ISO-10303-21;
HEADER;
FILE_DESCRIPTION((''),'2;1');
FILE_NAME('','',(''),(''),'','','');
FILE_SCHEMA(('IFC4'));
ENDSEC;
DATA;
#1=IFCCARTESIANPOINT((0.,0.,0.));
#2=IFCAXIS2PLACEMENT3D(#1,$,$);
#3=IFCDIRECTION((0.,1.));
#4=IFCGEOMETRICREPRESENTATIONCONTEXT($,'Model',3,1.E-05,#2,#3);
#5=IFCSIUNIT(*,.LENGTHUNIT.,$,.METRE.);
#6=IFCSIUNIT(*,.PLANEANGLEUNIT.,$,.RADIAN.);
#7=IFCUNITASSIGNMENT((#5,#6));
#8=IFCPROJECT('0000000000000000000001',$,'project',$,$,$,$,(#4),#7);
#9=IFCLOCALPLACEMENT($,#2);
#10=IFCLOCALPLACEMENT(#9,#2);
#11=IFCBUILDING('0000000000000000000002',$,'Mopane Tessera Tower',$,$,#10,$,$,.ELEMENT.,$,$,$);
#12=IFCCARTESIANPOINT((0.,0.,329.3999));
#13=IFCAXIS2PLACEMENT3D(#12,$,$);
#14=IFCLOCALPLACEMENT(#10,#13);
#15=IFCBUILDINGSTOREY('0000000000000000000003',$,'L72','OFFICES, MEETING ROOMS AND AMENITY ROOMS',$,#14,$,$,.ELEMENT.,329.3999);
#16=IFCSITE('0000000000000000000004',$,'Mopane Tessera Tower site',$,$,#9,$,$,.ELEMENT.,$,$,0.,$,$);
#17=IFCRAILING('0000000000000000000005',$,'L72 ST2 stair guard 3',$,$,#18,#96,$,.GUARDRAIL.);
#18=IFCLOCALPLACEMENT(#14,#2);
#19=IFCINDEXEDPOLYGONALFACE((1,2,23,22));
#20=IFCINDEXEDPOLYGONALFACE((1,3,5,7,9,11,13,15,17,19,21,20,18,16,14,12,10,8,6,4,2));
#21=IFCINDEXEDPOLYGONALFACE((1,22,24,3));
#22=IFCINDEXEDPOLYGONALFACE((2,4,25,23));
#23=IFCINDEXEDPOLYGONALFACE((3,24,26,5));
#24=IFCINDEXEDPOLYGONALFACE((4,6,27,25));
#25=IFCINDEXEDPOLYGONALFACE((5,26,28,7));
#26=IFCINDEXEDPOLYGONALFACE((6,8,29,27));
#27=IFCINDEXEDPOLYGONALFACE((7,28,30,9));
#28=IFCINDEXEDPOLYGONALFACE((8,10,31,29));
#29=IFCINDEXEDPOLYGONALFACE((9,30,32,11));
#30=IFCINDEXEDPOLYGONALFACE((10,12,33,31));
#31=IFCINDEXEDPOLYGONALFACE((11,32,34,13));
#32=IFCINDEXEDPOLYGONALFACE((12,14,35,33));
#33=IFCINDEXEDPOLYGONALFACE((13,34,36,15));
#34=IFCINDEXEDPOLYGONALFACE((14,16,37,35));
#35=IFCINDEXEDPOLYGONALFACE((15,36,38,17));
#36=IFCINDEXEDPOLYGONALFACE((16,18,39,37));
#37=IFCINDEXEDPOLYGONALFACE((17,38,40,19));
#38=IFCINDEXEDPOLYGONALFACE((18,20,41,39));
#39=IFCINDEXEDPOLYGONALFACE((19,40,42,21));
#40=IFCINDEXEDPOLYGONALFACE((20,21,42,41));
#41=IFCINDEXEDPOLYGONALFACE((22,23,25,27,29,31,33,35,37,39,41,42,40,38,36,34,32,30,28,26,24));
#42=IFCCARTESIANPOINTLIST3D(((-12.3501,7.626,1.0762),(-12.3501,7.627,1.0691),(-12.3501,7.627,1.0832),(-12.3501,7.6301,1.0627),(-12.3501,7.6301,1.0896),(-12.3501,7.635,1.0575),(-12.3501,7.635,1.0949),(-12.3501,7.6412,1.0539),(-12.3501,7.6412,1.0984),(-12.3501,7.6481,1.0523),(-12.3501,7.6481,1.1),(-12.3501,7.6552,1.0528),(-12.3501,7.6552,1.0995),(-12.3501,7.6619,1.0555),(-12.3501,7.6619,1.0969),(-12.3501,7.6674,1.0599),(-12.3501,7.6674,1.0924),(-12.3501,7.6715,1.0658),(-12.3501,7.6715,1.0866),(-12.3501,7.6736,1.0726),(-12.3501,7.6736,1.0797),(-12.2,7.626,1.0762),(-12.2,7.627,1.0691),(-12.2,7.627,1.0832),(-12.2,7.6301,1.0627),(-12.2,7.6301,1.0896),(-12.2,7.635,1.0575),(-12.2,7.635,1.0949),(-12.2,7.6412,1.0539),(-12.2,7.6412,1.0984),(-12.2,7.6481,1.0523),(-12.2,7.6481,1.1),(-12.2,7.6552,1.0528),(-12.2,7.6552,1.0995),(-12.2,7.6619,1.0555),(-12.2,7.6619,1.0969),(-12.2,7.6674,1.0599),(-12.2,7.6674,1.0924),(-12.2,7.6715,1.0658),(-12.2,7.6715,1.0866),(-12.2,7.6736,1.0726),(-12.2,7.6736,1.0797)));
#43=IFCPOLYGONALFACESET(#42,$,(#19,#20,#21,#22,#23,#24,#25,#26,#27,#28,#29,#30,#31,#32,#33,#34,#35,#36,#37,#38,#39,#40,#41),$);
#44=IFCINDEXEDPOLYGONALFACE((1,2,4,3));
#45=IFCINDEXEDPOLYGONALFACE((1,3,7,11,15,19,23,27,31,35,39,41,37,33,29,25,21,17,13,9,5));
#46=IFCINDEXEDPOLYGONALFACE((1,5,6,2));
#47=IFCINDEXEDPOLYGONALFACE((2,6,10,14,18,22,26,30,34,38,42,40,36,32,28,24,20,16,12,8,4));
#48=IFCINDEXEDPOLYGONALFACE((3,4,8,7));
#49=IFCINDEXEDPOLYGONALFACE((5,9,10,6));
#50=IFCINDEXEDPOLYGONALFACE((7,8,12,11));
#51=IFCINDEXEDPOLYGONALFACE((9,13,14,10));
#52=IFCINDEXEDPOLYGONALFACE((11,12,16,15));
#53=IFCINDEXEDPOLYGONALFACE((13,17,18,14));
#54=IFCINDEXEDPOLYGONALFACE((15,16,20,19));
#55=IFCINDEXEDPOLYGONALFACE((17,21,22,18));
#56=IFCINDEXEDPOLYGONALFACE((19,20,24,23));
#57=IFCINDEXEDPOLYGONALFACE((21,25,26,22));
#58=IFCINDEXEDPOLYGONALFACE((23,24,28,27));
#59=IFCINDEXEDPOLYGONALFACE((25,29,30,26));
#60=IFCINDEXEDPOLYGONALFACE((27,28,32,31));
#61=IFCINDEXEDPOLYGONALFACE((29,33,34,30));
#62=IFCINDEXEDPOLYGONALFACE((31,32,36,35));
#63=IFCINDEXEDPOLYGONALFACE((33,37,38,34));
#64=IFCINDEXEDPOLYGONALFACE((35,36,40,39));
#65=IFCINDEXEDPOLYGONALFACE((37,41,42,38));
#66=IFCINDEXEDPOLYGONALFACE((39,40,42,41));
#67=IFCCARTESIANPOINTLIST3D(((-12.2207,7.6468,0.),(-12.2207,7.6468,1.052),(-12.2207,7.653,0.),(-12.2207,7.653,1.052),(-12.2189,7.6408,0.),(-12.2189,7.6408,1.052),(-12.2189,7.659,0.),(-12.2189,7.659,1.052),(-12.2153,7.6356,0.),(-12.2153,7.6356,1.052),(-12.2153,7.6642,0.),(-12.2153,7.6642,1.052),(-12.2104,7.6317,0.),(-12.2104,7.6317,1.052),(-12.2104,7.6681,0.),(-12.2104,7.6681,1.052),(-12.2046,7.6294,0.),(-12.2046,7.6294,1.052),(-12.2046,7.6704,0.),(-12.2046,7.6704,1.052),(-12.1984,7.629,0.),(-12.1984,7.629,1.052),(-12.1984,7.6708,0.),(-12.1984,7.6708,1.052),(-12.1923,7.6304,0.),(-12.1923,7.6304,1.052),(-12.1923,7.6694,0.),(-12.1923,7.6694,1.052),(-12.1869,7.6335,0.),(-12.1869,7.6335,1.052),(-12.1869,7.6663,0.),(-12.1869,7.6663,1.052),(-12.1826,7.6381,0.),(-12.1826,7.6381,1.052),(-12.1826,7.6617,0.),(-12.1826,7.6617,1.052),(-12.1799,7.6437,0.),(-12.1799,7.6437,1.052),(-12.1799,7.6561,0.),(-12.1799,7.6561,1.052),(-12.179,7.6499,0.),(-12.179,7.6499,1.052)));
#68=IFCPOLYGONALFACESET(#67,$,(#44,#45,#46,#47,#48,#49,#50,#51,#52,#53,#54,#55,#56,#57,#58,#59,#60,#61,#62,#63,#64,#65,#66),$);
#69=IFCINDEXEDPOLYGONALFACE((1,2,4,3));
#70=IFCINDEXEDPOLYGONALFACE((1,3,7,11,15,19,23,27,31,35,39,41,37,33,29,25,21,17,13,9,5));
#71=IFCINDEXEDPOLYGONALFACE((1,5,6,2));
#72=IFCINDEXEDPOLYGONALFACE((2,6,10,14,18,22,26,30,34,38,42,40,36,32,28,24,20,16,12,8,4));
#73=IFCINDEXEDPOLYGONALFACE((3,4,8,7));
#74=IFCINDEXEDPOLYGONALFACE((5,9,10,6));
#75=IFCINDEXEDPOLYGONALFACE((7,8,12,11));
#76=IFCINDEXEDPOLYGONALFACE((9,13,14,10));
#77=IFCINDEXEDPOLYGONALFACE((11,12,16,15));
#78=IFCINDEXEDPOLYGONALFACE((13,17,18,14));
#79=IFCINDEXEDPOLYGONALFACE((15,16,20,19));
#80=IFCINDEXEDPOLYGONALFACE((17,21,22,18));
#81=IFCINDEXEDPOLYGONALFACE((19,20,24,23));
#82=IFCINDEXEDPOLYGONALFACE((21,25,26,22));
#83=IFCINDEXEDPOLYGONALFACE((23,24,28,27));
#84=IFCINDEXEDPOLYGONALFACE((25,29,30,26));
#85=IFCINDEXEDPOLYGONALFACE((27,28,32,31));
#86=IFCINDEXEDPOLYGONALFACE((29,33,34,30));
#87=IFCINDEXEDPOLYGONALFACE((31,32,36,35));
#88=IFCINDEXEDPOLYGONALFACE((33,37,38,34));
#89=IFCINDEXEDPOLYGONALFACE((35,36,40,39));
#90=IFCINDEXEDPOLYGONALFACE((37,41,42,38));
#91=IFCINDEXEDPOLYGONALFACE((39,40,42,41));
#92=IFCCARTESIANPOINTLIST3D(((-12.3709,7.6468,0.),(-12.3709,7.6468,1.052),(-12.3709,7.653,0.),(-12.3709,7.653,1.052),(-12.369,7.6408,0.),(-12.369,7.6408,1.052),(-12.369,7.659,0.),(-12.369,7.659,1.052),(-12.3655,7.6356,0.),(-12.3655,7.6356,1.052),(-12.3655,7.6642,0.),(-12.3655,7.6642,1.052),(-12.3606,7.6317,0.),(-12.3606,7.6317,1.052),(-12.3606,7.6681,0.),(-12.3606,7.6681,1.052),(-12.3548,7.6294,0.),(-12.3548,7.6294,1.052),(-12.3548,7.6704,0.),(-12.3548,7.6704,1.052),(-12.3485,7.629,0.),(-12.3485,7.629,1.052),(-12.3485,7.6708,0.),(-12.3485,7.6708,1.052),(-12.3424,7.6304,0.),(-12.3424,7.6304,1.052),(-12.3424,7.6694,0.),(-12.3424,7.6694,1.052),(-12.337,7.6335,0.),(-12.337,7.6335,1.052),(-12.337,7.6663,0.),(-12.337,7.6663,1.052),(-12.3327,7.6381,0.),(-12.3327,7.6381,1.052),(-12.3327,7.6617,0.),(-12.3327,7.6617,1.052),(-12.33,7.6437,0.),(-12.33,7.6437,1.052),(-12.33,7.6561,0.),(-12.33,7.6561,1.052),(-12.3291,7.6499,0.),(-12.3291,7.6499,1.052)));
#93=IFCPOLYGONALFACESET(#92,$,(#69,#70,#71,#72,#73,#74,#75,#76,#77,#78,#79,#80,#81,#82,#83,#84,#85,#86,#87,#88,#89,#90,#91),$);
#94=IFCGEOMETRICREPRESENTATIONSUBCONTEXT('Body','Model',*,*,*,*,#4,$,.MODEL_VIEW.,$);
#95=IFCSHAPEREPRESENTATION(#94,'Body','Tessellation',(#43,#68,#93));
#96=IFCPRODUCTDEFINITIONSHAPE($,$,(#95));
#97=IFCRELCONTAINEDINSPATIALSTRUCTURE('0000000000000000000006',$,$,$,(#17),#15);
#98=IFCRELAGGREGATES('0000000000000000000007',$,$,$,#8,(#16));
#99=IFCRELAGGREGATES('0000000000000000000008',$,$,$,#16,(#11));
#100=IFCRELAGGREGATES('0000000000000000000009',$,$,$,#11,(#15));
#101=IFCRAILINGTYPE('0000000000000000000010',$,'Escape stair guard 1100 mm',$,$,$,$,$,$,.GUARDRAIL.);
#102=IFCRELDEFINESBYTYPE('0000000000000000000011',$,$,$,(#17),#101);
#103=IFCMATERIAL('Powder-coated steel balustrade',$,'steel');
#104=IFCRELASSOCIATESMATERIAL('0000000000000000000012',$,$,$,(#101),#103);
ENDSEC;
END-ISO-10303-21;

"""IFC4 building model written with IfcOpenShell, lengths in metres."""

from ifc_helpers import new_model, si_unit, direction, frame, origin, origin_2d, place, context, subcontext, project, spatial, circle, extrude, material, type_object, element, save


model = new_model("IFC4")

# Units and contexts
model_context = context("Model", 3, precision=1e-05, world=origin(), true_north=direction((0.0, 1.0)))
body_context = subcontext(model_context, "Body", "Model", "MODEL_VIEW")
ifc_project = project(units=[si_unit("LENGTHUNIT", "METRE"), si_unit("PLANEANGLEUNIT", "RADIAN")], contexts=[model_context])

# Site, building, storey
site_placement = place(None, origin())
site = spatial("IfcSite", under=ifc_project, at=site_placement, Name="Mopane Tessera Tower site", CompositionType="ELEMENT", RefElevation=0.0)
building_placement = place(site_placement, origin())
building = spatial("IfcBuilding", under=site, at=building_placement, Name="Mopane Tessera Tower", CompositionType="ELEMENT")
storey_placement = place(building_placement, frame((0.0, 0.0, 329.3999)))
storey = spatial("IfcBuildingStorey", under=building, at=storey_placement, Name="L72", Description="OFFICES, MEETING ROOMS AND AMENITY ROOMS", CompositionType="ELEMENT", Elevation=329.3999)

# Railing
ifc_material_1 = material(Name="Powder-coated steel balustrade", Category="steel")
railing_type_1 = type_object("IfcRailingType", Name="Escape stair guard 1100 mm", PredefinedType="GUARDRAIL", material=ifc_material_1)
railing_1_placement = place(storey_placement, frame((-12.2, 7.6499, 0.0)))
element("IfcRailing", 1, at=railing_1_placement, inside=storey, type_object=railing_type_1, Name="L72 ST2 stair guard 3", PredefinedType="GUARDRAIL", context=body_context, shape_type="SweptSolid", body=[
    extrude(circle(Radius=0.0239, at=origin_2d()), frame((0.0, 0.0, 1.0762), z_axis=(-1.0, 0.0, 0.0), x_axis=(0.0, -1.0, 0.0)), (0.0, 0.0, 1.0), 0.1501),
    extrude(circle(Radius=0.021, at=origin_2d()), origin(), (0.0, 0.0, 1.0), 1.052),
    extrude(circle(Radius=0.021, at=origin_2d()), frame((-0.1501, 0.0, 0.0)), (0.0, 0.0, 1.0), 1.052),
])

save(model, "model.ifc")
